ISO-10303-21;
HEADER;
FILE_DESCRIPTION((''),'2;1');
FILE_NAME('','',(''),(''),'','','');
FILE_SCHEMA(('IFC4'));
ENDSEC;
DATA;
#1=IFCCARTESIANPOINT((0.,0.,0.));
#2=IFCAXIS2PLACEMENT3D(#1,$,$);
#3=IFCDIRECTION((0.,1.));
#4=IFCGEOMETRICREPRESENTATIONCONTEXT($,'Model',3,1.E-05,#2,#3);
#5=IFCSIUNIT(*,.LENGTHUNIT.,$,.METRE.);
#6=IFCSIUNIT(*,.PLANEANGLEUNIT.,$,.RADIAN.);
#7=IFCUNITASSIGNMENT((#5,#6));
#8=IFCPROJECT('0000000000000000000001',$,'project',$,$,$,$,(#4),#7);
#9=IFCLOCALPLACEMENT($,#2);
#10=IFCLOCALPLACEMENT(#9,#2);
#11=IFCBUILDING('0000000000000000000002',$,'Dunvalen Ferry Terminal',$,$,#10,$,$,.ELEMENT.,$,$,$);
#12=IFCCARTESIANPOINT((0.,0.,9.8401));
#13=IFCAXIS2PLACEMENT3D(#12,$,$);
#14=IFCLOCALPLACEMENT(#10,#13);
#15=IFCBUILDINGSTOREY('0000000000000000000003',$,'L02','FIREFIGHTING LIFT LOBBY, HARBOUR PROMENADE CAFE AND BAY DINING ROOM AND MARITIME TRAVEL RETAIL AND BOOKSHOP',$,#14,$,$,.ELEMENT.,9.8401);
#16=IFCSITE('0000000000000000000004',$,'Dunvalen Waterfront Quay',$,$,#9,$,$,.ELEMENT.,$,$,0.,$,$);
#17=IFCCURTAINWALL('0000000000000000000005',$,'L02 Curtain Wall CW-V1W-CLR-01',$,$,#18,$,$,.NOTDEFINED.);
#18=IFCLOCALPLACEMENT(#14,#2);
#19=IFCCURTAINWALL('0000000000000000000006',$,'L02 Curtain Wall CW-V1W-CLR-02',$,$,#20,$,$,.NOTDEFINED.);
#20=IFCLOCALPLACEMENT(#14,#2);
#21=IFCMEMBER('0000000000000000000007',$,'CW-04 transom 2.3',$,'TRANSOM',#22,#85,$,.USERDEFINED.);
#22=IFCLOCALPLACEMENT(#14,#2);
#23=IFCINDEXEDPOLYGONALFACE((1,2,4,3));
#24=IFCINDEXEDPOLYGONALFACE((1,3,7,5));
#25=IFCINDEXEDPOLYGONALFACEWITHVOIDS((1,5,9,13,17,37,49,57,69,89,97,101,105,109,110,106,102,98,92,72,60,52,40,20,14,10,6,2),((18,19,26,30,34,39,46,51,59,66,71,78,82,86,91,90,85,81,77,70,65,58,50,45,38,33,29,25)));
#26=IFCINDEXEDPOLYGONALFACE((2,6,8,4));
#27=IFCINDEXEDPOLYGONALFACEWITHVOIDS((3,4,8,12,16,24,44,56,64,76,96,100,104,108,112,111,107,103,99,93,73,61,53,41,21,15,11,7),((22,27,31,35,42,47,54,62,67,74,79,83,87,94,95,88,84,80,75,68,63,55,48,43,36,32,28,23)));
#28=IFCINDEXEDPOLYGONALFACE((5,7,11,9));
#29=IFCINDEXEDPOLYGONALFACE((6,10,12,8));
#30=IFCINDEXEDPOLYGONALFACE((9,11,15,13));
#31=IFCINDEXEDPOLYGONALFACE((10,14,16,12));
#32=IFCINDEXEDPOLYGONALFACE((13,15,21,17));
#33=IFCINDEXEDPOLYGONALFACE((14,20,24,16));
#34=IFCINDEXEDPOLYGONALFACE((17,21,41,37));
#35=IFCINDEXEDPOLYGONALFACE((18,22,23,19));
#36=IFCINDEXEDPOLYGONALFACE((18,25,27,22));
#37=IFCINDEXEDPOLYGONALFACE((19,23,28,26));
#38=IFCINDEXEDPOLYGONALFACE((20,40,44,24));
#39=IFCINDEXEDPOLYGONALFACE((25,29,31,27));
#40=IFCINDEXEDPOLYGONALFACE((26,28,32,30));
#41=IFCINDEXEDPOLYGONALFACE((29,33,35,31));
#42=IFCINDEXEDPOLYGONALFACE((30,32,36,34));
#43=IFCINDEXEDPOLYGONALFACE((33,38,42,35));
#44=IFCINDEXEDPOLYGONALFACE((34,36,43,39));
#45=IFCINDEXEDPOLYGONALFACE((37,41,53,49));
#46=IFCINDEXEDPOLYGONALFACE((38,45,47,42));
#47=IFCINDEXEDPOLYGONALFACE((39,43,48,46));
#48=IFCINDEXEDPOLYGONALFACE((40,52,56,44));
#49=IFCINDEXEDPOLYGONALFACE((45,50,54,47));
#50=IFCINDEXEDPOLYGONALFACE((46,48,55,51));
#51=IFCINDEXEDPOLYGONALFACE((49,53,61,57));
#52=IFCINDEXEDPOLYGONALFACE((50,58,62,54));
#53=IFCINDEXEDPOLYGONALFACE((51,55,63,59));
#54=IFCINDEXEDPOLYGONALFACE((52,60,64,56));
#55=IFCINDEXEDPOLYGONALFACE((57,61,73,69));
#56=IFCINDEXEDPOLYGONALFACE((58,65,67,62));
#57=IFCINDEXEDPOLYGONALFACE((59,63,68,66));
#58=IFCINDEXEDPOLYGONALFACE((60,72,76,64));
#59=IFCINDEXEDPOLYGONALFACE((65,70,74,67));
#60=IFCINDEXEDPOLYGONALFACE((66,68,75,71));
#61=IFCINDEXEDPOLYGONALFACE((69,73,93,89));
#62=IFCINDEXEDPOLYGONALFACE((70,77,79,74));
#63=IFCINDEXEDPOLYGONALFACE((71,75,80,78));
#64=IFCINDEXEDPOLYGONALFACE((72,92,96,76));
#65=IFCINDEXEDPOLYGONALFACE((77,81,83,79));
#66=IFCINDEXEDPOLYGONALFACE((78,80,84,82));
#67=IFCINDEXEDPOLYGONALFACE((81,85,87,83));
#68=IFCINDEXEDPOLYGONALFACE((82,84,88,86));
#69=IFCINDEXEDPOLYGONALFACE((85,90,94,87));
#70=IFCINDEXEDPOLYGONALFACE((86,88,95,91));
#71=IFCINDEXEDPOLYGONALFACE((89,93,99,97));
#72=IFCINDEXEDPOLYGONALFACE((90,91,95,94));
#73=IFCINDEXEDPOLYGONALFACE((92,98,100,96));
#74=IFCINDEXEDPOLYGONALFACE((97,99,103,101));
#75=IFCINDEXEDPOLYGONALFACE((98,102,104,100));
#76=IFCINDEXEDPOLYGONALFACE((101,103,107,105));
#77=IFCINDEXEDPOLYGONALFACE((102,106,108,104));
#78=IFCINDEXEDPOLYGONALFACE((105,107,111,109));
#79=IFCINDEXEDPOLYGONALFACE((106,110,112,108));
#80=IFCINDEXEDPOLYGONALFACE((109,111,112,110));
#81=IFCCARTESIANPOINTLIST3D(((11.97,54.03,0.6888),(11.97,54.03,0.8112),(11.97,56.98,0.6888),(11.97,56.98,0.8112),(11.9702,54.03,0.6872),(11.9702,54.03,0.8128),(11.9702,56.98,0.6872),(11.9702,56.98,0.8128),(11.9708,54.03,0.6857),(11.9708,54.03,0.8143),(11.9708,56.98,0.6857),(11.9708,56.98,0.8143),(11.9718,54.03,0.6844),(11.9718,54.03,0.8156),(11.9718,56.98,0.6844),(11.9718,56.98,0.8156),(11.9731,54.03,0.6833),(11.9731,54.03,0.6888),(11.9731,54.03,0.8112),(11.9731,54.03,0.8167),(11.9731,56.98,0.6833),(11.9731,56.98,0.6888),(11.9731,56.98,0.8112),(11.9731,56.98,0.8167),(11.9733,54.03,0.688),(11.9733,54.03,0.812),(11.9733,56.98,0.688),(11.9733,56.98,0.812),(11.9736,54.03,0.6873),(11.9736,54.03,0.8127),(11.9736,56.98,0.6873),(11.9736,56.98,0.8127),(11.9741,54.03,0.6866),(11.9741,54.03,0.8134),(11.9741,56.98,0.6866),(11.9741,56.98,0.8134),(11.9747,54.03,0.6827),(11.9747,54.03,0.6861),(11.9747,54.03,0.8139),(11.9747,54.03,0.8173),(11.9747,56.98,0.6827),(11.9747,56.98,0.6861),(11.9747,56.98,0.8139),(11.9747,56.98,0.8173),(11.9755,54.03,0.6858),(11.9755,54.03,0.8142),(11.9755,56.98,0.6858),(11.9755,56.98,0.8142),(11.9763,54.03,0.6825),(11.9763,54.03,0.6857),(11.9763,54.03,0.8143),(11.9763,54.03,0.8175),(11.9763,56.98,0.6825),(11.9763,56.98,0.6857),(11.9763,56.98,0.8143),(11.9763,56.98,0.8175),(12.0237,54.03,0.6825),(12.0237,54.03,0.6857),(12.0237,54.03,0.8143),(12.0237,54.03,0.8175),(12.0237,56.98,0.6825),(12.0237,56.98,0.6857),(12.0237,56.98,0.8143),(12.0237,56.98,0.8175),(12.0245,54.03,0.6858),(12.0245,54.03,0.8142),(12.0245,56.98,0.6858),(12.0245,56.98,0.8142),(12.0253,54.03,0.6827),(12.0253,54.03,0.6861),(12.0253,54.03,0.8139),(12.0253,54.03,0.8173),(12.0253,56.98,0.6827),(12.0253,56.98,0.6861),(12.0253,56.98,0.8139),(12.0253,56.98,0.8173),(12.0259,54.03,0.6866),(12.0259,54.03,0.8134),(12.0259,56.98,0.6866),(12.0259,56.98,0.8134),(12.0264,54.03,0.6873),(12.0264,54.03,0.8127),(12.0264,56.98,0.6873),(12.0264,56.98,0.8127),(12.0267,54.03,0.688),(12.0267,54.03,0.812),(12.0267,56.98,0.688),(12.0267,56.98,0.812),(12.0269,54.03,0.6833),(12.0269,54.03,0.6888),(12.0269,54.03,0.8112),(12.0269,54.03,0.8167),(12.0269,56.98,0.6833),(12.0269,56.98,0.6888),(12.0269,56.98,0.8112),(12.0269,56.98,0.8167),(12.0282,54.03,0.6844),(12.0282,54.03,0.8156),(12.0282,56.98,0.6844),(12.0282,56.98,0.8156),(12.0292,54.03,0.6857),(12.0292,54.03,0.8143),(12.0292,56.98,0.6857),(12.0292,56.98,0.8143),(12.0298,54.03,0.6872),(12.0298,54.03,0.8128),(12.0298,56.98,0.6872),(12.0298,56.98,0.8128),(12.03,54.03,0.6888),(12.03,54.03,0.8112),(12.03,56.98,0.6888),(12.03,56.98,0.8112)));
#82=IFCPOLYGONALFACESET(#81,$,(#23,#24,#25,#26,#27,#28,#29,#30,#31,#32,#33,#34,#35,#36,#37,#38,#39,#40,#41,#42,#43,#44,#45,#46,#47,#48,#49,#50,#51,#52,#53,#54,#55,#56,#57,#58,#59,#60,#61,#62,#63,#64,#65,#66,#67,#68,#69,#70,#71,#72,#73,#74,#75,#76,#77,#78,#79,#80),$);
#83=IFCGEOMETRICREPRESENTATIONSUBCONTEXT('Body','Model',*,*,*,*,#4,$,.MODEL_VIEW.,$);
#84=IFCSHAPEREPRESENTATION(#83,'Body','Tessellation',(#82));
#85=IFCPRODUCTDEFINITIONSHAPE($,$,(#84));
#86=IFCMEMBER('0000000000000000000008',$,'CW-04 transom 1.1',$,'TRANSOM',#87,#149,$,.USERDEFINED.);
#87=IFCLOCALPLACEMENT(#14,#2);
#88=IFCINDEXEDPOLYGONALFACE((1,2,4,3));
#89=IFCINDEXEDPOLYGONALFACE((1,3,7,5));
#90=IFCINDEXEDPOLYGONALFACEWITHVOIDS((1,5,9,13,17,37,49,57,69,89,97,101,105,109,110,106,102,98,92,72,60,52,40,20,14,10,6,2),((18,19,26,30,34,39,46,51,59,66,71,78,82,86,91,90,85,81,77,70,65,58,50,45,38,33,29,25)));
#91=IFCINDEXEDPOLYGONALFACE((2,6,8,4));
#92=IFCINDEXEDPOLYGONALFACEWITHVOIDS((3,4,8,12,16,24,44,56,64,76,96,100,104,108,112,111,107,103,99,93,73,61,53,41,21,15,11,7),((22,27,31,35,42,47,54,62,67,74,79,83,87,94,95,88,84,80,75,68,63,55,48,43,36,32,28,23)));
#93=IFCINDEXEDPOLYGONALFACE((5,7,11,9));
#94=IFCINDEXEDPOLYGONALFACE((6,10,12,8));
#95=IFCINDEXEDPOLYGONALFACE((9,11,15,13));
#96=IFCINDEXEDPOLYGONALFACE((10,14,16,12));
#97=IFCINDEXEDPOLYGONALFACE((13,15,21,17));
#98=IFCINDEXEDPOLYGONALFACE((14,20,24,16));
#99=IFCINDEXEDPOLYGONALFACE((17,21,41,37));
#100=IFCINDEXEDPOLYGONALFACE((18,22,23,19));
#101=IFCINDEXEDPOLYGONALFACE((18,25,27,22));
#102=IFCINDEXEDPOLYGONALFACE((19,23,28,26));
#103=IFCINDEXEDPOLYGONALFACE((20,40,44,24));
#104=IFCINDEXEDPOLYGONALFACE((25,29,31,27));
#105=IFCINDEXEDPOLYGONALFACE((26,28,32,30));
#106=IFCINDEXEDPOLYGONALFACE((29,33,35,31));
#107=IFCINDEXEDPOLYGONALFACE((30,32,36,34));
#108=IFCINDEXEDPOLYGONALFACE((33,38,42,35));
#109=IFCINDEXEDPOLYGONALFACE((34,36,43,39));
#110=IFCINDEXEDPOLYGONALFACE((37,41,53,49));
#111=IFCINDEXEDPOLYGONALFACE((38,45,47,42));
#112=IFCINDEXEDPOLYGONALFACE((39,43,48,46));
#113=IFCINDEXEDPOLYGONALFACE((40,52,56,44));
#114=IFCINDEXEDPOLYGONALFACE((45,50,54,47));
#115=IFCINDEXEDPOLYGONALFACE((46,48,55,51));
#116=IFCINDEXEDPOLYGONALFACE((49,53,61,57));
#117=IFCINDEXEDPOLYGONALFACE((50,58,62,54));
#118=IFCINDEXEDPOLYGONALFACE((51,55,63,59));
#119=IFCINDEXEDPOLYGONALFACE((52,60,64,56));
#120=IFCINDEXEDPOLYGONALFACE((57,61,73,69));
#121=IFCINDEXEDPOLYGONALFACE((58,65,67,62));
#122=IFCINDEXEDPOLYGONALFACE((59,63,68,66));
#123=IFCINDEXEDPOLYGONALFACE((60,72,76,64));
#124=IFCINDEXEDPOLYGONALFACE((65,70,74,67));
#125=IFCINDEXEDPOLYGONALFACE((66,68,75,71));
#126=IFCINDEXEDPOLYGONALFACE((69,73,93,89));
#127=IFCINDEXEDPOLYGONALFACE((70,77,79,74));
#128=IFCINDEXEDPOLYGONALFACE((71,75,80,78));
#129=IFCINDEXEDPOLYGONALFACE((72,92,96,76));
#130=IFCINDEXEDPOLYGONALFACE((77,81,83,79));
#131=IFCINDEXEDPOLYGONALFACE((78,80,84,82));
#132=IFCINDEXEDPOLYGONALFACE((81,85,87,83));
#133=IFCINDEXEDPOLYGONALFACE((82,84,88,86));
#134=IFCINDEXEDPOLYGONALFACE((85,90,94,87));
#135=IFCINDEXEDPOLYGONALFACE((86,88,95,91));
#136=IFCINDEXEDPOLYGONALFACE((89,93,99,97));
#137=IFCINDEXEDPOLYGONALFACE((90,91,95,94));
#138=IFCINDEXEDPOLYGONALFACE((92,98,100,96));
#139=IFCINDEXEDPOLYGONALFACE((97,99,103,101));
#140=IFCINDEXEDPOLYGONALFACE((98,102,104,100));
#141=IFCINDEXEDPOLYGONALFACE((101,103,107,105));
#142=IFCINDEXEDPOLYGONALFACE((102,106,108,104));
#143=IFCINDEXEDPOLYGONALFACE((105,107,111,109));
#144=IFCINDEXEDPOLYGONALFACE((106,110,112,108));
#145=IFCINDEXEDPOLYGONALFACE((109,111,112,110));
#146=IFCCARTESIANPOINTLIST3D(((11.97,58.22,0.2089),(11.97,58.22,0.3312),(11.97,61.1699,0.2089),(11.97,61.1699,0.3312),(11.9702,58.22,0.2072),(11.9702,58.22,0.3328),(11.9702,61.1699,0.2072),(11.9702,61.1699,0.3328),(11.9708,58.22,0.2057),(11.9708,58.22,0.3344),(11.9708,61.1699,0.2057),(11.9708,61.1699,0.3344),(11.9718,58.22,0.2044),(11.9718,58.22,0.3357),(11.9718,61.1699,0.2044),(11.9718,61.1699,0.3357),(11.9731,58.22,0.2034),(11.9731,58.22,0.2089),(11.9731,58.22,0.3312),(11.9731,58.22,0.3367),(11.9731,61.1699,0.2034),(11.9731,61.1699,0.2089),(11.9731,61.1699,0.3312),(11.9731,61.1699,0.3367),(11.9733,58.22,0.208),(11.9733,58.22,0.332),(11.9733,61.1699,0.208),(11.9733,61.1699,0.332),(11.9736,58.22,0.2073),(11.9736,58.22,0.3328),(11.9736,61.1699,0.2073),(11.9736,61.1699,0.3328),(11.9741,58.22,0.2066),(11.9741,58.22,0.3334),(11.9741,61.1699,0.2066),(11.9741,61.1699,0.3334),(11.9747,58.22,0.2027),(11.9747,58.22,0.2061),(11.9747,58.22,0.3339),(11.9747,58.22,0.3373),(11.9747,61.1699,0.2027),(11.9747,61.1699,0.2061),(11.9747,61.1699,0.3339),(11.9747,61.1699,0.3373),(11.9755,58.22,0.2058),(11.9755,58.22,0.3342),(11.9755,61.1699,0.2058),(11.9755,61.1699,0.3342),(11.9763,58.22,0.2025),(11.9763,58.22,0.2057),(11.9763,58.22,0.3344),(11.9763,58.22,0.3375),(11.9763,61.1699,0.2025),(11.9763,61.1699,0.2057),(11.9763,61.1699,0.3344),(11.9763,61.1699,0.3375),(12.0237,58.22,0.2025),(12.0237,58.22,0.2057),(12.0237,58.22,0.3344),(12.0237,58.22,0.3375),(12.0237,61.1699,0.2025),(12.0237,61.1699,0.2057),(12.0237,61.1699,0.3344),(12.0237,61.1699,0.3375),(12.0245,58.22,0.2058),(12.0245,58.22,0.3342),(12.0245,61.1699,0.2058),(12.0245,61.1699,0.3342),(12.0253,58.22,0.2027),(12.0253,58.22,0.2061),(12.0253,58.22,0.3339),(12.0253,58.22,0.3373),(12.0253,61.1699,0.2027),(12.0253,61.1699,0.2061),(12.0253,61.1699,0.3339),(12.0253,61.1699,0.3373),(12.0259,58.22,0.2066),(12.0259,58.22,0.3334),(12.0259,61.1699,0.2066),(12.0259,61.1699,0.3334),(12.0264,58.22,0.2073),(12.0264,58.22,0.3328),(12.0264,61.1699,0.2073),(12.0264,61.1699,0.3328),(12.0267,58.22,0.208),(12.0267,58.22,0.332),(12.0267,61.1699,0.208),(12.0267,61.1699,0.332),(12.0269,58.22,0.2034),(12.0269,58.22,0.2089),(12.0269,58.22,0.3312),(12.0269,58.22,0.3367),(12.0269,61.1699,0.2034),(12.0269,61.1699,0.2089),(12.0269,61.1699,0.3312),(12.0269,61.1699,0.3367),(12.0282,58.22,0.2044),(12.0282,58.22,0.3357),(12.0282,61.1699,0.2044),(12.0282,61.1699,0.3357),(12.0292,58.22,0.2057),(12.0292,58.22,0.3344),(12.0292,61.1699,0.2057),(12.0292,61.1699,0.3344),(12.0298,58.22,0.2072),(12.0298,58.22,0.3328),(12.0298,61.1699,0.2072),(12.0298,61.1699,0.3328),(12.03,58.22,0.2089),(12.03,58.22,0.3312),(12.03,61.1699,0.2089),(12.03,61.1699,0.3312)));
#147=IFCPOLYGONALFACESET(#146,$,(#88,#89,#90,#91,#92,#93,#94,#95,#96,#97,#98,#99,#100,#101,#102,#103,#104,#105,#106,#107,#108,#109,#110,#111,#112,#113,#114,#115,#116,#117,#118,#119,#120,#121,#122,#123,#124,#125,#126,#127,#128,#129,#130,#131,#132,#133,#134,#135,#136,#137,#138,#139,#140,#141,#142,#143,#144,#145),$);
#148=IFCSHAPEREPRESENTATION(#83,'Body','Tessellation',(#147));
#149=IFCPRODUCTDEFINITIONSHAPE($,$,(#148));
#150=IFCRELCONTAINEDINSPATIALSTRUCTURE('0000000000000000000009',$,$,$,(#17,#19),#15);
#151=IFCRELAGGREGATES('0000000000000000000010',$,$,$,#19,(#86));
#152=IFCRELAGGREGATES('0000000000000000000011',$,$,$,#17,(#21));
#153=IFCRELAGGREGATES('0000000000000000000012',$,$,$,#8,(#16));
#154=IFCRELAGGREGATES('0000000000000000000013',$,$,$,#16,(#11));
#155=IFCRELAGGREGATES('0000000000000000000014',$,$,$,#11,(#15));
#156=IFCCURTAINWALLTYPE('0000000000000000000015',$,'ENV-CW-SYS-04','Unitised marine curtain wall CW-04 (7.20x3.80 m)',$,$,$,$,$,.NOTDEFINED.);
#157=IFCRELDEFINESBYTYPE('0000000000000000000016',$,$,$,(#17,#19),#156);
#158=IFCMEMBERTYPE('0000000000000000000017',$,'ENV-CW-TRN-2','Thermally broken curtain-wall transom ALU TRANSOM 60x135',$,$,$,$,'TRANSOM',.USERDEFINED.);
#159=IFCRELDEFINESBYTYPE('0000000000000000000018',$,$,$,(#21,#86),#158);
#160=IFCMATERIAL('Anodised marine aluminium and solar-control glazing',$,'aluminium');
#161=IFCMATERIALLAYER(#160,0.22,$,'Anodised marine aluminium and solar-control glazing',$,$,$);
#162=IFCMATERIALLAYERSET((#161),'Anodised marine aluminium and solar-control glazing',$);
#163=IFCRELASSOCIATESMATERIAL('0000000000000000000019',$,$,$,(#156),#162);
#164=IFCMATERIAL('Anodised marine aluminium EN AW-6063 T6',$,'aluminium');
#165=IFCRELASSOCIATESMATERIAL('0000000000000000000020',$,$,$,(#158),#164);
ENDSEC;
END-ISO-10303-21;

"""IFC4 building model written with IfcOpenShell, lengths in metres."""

from ifc_helpers import new_model, si_unit, direction, frame, origin, origin_2d, place, context, subcontext, project, spatial, hollow_rectangle, extrude, material, layer, layer_set, material_profile, profile_set, type_object, element, aggregate, save


model = new_model("IFC4")

# Units and contexts
model_context = context("Model", 3, precision=1e-05, world=origin(), true_north=direction((0.0, 1.0)))
body_context = subcontext(model_context, "Body", "Model", "MODEL_VIEW")
ifc_project = project(units=[si_unit("LENGTHUNIT", "METRE"), si_unit("PLANEANGLEUNIT", "RADIAN")], contexts=[model_context])

# Site, building, storey
site_placement = place(None, origin())
site = spatial("IfcSite", under=ifc_project, at=site_placement, Name="Dunvalen Waterfront Quay", CompositionType="ELEMENT", RefElevation=0.0)
building_placement = place(site_placement, origin())
building = spatial("IfcBuilding", under=site, at=building_placement, Name="Dunvalen Ferry Terminal", CompositionType="ELEMENT")
storey_placement = place(building_placement, frame((0.0, 0.0, 9.8401)))
storey = spatial("IfcBuildingStorey", under=building, at=storey_placement, Name="L02", Description="FIREFIGHTING LIFT LOBBY, HARBOUR PROMENADE CAFE AND BAY DINING ROOM AND MARITIME TRAVEL RETAIL AND BOOKSHOP", CompositionType="ELEMENT", Elevation=9.8401)

# Curtain walls
ifc_material_1 = material(Name="Anodised marine aluminium and solar-control glazing", Category="aluminium")
ifc_layer_1 = layer(ifc_material_1, 0.22, Name="Anodised marine aluminium and solar-control glazing")
ifc_layer_set_1 = layer_set([ifc_layer_1], Name="Anodised marine aluminium and solar-control glazing")
curtain_wall_type = type_object("IfcCurtainWallType", Name="ENV-CW-SYS-04", Description="Unitised marine curtain wall CW-04 (7.20x3.80 m)", PredefinedType="NOTDEFINED", material=ifc_layer_set_1)
curtain_wall_1_placement = place(storey_placement, origin())
curtain_wall_1 = element("IfcCurtainWall", 1, at=curtain_wall_1_placement, inside=storey, type_object=curtain_wall_type, Name="L02 Curtain Wall CW-V1W-CLR-01", PredefinedType="NOTDEFINED")
ifc_material_2 = material(Name="Anodised marine aluminium EN AW-6063 T6", Category="aluminium")
curtain_wall_2_placement = place(storey_placement, origin())
curtain_wall_2 = element("IfcCurtainWall", 2, at=curtain_wall_2_placement, inside=storey, type_object=curtain_wall_type, Name="L02 Curtain Wall CW-V1W-CLR-02", PredefinedType="NOTDEFINED")

# Members
ifc_material_profile_1 = material_profile(ifc_material_2, hollow_rectangle(XDim=0.0601, YDim=0.135, WallThickness=0.0032, InnerFilletRadius=0.0032, OuterFilletRadius=0.0063, at=origin_2d()), Name="Anodised marine aluminium EN AW-6063 T6")
ifc_profile_set_1 = profile_set([ifc_material_profile_1], Name="Anodised marine aluminium EN AW-6063 T6")
member_type_1 = type_object("IfcMemberType", Name="ENV-CW-TRN-2", Description="Thermally broken curtain-wall transom ALU TRANSOM 60x135", ElementType="TRANSOM", PredefinedType="USERDEFINED", material=ifc_profile_set_1)
member_1_placement = place(storey_placement, frame((12.0, 54.03, 0.75), z_axis=(0.0, 1.0, 0.0), x_axis=(-1.0, 0.0, 0.0)))
member_1 = element("IfcMember", 3, at=member_1_placement, type_object=member_type_1, Name="CW-04 transom 2.3", ObjectType="TRANSOM", PredefinedType="USERDEFINED", context=body_context, shape_type="SweptSolid", body=[
    extrude(hollow_rectangle(XDim=0.0601, YDim=0.135, WallThickness=0.0032, InnerFilletRadius=0.0032, OuterFilletRadius=0.0063, at=origin_2d()), origin(), (0.0, 0.0, 1.0), 2.95),
])
member_2_placement = place(storey_placement, frame((12.0, 58.22, 0.27), z_axis=(0.0, 1.0, 0.0), x_axis=(-1.0, 0.0, 0.0)))
member_2 = element("IfcMember", 4, at=member_2_placement, type_object=member_type_1, Name="CW-04 transom 1.1", ObjectType="TRANSOM", PredefinedType="USERDEFINED", context=body_context, shape_type="SweptSolid", body=[
    extrude(hollow_rectangle(XDim=0.0601, YDim=0.135, WallThickness=0.0032, InnerFilletRadius=0.0032, OuterFilletRadius=0.0063, at=origin_2d()), origin(), (0.0, 0.0, 1.0), 2.95),
])
aggregate(curtain_wall_2, [member_2])

aggregate(curtain_wall_1, [member_1])

save(model, "model.ifc")
